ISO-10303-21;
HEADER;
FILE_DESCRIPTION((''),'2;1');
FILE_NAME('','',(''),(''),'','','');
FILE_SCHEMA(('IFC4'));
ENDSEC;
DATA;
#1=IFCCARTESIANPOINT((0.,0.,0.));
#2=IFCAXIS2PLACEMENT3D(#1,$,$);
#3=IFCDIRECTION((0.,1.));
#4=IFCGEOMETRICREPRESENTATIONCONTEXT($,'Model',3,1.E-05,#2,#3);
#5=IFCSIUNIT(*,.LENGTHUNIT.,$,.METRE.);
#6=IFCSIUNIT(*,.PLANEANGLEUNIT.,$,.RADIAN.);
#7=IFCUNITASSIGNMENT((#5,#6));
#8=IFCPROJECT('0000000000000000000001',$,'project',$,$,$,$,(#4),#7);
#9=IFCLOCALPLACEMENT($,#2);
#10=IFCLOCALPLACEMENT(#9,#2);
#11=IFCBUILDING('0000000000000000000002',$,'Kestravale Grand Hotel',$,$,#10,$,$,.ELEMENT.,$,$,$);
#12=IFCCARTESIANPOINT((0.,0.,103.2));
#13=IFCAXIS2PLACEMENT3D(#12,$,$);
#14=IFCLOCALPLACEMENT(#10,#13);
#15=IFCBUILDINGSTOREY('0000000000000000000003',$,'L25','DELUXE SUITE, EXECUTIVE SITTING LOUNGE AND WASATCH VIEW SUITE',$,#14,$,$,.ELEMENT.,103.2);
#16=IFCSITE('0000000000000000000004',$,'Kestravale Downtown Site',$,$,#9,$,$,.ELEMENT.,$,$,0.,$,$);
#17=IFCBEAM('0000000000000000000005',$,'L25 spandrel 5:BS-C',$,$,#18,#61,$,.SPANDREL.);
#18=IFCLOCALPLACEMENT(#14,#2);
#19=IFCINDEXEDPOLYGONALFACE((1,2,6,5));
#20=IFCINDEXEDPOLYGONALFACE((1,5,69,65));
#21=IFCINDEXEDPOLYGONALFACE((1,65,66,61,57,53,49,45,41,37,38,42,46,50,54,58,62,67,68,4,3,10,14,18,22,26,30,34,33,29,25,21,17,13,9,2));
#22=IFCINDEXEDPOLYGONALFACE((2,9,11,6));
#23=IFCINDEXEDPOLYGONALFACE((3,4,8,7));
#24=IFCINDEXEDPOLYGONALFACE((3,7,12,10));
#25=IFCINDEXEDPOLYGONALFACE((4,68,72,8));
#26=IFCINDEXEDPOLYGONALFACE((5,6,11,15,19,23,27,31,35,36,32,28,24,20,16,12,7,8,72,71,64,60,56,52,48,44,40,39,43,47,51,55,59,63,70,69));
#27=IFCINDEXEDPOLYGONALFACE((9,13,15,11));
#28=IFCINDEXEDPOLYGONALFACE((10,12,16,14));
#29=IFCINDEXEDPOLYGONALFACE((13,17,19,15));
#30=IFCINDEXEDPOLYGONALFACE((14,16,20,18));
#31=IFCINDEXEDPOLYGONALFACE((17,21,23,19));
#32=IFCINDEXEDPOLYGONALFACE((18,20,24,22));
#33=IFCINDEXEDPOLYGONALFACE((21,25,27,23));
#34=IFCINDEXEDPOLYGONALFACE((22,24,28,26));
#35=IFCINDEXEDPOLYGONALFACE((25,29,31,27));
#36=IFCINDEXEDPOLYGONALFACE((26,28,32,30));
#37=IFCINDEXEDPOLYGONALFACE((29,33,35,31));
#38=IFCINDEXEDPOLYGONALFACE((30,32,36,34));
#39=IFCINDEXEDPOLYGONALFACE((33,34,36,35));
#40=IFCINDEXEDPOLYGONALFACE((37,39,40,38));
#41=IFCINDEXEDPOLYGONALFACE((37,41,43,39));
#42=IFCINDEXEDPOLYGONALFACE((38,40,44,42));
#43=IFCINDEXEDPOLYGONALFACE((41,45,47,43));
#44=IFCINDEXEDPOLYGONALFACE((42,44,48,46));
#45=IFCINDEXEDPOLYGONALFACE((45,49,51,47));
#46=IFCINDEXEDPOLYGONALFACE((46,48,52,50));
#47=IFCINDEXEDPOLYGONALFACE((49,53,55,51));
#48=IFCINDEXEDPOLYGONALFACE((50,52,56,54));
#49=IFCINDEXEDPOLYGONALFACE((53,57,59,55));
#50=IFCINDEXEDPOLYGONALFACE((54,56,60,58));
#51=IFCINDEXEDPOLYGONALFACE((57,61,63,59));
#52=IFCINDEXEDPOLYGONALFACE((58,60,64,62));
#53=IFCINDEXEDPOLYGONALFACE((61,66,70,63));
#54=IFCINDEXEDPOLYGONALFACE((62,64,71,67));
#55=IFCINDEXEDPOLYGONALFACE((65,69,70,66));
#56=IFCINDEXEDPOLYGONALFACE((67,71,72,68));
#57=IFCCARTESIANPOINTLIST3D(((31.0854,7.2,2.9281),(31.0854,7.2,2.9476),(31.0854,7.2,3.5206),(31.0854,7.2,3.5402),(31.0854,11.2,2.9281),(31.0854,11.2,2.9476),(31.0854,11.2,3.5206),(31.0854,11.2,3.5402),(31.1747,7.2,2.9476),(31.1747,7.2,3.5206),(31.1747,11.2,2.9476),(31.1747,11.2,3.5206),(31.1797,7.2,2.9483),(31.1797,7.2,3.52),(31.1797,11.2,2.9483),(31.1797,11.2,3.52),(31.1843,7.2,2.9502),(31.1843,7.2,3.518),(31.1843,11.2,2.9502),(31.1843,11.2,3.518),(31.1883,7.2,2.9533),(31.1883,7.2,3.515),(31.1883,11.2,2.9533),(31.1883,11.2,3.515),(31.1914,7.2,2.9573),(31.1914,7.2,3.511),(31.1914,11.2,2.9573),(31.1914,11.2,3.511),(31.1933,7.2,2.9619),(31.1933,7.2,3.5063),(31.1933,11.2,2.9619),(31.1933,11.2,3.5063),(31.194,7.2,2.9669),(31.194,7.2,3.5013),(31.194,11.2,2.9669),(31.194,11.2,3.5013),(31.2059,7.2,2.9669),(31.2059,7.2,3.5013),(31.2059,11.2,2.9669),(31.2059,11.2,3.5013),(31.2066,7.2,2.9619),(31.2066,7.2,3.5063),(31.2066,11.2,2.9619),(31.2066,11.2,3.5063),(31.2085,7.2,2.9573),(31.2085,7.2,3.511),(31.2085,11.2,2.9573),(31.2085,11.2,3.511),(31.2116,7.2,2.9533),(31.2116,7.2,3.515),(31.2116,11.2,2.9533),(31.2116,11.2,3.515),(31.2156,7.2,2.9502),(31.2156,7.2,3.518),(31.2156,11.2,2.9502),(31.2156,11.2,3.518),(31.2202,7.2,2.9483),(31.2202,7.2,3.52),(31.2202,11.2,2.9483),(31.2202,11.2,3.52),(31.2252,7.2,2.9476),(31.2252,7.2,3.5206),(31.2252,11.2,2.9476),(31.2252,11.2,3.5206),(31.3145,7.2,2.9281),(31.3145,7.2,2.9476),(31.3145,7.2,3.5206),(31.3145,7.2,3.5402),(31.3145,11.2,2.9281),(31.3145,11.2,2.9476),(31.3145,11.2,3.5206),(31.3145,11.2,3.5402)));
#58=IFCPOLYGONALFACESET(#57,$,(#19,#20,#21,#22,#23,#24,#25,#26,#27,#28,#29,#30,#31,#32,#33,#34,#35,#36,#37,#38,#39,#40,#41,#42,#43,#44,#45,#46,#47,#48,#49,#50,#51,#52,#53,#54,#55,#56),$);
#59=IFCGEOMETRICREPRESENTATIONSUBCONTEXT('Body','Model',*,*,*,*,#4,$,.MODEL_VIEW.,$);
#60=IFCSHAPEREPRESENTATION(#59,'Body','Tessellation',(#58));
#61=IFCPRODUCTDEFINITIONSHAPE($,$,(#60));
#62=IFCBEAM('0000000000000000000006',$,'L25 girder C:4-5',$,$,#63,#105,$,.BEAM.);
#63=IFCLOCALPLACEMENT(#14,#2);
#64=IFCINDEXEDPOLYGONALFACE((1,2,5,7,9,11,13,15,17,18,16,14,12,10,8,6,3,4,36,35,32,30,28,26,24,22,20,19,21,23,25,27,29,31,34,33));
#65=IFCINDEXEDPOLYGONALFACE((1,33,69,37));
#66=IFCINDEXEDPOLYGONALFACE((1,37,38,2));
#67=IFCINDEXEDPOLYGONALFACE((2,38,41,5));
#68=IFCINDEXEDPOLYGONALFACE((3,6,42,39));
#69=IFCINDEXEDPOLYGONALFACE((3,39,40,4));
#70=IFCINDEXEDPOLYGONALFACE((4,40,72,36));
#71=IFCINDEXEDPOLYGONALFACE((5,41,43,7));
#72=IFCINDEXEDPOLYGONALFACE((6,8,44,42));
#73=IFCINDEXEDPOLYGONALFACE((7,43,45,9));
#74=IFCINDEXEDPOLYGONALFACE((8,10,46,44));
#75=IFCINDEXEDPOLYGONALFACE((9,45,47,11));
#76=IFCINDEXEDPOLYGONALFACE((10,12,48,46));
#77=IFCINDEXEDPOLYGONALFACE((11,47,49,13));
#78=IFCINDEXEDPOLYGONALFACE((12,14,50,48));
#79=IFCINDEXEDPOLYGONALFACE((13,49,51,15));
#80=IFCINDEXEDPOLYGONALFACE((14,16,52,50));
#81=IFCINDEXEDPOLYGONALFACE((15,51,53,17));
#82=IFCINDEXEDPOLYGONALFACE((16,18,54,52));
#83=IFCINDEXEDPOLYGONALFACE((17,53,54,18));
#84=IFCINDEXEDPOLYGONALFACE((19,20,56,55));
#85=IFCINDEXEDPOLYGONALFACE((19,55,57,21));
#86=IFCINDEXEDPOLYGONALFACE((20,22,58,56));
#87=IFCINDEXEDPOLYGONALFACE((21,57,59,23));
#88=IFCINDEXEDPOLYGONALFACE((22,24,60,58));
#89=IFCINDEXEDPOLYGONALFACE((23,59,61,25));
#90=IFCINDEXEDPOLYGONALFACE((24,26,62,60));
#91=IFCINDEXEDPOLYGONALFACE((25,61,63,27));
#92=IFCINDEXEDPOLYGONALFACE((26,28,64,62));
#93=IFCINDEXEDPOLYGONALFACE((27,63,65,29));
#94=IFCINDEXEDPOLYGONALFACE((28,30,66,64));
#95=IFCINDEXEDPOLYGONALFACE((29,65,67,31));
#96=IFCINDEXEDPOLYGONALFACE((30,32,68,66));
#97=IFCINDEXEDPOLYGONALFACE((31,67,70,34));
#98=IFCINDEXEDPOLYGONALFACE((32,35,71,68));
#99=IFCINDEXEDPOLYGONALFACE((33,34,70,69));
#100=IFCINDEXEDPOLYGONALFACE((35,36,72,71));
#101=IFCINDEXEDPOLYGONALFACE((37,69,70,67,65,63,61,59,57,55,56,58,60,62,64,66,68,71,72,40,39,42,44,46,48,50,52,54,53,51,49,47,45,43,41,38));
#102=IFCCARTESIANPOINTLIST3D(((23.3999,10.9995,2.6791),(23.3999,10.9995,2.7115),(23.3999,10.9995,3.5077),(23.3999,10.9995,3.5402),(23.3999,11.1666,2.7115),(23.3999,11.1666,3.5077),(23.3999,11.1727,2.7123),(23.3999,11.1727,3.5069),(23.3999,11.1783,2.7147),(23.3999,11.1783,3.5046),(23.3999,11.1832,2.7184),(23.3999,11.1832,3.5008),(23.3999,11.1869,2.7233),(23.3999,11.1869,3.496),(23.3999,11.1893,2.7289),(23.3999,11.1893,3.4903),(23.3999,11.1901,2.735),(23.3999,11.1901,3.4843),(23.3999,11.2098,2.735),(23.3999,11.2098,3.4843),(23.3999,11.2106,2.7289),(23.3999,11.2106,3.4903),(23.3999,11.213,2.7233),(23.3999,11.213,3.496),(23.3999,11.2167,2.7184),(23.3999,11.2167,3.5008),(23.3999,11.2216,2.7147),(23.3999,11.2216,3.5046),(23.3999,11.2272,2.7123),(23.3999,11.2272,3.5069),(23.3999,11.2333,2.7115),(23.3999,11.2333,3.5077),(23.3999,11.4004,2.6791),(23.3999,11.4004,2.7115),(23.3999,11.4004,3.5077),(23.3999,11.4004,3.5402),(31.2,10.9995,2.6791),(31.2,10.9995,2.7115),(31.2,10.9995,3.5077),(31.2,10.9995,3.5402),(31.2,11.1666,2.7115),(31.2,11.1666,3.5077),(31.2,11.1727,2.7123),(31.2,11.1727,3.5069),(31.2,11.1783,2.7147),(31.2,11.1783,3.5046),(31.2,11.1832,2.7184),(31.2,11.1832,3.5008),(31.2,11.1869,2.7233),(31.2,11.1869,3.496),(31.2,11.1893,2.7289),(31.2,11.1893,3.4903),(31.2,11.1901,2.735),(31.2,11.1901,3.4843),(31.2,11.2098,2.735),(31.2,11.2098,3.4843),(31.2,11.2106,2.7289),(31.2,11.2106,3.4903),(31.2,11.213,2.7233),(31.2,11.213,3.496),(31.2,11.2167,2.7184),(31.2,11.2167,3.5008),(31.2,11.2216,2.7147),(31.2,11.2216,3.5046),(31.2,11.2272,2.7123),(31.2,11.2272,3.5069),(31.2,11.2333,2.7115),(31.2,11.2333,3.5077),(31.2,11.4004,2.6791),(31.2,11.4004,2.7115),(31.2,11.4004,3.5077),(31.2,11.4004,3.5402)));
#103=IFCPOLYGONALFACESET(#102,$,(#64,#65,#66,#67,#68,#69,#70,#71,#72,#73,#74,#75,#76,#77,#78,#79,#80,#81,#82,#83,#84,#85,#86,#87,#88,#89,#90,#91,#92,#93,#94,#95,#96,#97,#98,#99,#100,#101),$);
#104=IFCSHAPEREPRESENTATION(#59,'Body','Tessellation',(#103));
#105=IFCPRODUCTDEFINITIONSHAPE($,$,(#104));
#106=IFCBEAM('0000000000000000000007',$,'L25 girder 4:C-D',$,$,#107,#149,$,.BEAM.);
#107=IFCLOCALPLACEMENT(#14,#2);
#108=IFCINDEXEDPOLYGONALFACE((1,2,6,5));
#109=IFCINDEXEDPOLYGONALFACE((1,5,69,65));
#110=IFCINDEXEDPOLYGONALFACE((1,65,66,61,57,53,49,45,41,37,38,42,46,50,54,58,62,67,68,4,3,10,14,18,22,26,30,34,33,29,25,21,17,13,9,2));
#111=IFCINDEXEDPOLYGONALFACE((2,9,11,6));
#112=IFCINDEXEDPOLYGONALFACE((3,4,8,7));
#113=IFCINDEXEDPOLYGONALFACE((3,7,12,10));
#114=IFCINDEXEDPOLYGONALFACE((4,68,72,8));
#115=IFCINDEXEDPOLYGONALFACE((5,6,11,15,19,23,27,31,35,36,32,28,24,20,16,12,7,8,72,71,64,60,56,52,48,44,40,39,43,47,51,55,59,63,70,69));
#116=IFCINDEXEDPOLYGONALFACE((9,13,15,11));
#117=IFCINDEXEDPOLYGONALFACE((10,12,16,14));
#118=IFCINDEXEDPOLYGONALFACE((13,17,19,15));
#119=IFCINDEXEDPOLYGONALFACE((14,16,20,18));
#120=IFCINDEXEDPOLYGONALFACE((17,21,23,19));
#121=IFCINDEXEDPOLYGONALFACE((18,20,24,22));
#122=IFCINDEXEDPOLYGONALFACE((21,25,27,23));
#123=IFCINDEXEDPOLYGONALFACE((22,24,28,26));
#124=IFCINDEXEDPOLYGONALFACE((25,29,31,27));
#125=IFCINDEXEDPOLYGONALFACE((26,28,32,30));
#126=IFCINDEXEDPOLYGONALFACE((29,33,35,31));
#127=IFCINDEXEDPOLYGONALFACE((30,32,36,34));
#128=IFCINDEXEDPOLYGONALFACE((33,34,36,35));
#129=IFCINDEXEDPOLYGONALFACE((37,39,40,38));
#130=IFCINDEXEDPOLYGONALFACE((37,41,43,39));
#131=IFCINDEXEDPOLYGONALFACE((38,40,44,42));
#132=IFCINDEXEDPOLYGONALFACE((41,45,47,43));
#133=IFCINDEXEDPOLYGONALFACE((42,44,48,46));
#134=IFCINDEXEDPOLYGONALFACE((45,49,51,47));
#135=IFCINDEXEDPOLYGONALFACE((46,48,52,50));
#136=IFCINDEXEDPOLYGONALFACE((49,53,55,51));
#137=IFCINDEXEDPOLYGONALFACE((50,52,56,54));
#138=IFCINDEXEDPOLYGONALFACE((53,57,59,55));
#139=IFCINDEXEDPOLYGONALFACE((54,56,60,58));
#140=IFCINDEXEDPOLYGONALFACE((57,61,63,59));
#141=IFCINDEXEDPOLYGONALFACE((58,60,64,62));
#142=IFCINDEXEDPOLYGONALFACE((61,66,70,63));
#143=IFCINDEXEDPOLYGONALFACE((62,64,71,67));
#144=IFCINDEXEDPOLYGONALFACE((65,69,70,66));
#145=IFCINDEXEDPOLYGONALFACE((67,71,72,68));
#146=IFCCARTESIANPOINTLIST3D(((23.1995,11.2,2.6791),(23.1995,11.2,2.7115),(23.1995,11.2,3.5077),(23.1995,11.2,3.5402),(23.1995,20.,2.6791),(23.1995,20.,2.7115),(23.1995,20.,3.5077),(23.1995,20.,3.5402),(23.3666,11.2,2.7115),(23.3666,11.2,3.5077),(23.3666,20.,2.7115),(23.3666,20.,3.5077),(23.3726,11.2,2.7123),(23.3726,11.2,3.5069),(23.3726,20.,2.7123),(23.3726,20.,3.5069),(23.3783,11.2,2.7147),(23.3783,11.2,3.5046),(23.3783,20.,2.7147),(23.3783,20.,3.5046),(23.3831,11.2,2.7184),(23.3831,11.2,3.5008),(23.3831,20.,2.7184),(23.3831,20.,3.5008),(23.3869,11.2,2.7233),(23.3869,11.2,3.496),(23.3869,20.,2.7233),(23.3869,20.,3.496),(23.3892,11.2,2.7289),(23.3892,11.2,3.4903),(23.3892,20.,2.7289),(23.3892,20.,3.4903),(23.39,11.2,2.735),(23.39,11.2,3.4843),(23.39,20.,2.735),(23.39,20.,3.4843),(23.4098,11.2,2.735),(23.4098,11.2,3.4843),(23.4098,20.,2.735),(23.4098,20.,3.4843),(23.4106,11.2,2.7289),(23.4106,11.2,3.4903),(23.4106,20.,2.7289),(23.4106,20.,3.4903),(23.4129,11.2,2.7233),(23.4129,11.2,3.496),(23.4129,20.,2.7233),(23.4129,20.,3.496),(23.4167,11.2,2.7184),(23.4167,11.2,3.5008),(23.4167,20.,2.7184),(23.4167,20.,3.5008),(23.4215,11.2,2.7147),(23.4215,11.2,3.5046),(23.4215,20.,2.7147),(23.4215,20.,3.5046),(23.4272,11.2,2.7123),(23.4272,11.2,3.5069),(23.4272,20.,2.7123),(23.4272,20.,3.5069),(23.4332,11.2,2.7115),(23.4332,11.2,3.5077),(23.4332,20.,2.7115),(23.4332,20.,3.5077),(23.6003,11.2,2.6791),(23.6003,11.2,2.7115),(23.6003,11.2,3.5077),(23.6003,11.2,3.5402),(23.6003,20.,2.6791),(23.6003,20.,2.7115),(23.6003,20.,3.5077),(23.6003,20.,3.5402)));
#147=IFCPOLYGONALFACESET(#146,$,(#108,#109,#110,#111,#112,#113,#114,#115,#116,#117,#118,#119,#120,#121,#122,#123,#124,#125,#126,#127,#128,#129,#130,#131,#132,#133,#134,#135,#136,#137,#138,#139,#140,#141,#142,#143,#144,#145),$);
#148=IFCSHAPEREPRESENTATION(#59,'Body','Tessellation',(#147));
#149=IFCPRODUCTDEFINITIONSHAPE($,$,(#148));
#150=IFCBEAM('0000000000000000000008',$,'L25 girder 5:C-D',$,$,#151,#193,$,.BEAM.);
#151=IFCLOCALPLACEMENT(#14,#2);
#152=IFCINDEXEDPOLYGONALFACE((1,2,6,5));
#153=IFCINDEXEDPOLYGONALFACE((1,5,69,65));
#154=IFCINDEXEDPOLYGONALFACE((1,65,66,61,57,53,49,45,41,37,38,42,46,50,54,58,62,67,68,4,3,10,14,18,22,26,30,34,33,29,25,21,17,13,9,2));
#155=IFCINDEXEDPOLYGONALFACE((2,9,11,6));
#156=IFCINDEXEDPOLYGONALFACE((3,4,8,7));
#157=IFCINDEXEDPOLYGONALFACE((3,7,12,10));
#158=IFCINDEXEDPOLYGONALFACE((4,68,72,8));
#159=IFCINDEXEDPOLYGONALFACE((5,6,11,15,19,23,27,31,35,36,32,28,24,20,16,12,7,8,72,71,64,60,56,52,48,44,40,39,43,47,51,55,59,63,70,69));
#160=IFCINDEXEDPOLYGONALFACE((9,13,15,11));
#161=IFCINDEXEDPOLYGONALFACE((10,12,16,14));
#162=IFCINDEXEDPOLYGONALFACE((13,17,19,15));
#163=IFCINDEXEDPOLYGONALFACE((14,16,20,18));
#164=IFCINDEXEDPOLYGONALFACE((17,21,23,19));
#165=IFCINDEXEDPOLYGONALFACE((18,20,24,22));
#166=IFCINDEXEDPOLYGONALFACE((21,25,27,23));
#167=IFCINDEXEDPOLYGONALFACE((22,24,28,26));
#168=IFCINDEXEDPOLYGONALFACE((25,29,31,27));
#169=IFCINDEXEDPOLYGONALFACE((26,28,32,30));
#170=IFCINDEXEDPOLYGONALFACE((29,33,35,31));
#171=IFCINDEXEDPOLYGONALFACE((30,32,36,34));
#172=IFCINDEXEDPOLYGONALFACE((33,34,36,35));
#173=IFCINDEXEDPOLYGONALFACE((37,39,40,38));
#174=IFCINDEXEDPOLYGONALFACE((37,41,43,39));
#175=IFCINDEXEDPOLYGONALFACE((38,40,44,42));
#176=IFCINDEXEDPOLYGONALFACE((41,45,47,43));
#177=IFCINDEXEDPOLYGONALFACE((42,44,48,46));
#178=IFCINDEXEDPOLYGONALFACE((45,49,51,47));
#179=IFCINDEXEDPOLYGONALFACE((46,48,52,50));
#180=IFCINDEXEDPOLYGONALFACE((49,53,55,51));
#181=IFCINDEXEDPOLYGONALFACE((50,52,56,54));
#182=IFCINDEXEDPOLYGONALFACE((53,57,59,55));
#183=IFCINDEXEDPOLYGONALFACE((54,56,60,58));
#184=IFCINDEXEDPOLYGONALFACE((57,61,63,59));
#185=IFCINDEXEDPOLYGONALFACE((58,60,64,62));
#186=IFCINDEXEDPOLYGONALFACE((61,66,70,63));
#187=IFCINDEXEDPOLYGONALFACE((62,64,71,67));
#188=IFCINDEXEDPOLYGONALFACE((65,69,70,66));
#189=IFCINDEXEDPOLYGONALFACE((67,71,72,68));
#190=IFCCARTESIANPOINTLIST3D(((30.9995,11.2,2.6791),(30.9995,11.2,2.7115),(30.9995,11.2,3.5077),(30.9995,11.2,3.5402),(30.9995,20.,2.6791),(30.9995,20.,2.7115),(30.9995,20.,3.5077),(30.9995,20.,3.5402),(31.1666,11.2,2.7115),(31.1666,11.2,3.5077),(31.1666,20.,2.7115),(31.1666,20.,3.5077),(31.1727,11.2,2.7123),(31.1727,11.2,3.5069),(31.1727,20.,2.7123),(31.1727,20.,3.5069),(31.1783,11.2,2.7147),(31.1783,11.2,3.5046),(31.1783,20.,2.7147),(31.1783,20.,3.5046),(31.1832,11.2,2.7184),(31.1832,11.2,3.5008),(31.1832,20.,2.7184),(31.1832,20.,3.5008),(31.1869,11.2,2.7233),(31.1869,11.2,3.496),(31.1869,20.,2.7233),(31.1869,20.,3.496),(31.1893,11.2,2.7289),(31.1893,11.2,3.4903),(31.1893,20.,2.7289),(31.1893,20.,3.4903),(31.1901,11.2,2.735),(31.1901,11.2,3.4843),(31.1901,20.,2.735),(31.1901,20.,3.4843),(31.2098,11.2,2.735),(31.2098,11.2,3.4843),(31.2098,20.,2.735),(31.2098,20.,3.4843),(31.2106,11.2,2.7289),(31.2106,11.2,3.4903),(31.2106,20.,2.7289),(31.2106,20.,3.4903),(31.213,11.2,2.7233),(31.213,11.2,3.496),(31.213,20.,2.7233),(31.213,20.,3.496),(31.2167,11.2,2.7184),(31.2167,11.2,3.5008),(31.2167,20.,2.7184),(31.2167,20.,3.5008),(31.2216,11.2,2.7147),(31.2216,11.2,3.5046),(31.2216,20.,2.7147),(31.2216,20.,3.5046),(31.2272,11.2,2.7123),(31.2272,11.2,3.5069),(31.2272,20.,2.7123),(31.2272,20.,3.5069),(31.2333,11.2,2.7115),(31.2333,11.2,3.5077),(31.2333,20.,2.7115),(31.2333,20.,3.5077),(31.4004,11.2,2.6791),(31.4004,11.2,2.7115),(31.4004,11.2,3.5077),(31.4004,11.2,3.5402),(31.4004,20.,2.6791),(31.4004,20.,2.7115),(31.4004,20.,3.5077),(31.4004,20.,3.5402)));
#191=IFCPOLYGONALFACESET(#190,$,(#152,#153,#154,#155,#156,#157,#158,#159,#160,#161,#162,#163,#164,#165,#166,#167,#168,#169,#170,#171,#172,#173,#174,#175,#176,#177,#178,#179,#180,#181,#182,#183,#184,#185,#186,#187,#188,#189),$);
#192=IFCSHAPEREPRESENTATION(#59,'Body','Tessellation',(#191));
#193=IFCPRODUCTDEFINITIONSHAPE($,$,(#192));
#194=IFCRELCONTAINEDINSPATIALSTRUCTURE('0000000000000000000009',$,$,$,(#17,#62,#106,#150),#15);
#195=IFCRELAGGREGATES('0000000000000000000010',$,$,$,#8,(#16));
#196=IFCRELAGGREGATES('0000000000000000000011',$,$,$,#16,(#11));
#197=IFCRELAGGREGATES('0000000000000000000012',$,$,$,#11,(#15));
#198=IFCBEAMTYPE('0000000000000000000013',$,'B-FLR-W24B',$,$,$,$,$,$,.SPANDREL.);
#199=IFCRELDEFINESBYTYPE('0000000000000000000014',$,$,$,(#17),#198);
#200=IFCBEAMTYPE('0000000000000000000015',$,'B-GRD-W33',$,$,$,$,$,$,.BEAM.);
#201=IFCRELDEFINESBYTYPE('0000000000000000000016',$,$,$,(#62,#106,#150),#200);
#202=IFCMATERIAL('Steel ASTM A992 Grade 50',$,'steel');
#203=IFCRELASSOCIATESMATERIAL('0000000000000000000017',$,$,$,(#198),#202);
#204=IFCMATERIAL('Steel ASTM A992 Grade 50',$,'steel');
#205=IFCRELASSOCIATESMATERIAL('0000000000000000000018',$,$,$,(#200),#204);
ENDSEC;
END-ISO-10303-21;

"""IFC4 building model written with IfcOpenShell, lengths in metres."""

from ifc_helpers import new_model, si_unit, direction, frame, origin, origin_2d, place, context, subcontext, project, spatial, i_section, extrude, material, material_profile, profile_set, type_object, element, save


model = new_model("IFC4")

# Units and contexts
model_context = context("Model", 3, precision=1e-05, world=origin(), true_north=direction((0.0, 1.0)))
body_context = subcontext(model_context, "Body", "Model", "MODEL_VIEW")
ifc_project = project(units=[si_unit("LENGTHUNIT", "METRE"), si_unit("PLANEANGLEUNIT", "RADIAN")], contexts=[model_context])

# Site, building, storey
site_placement = place(None, origin())
site = spatial("IfcSite", under=ifc_project, at=site_placement, Name="Kestravale Downtown Site", CompositionType="ELEMENT", RefElevation=0.0)
building_placement = place(site_placement, origin())
building = spatial("IfcBuilding", under=site, at=building_placement, Name="Kestravale Grand Hotel", CompositionType="ELEMENT")
storey_placement = place(building_placement, frame((0.0, 0.0, 103.2)))
storey = spatial("IfcBuildingStorey", under=building, at=storey_placement, Name="L25", Description="DELUXE SUITE, EXECUTIVE SITTING LOUNGE AND WASATCH VIEW SUITE", CompositionType="ELEMENT", Elevation=103.2)

# Beams
ifc_material_1 = material(Name="Steel ASTM A992 Grade 50", Category="steel")
ifc_material_profile_1 = material_profile(ifc_material_1, i_section(OverallWidth=0.229, OverallDepth=0.6121, WebThickness=0.012, FlangeThickness=0.0195, FilletRadius=0.0193, at=origin_2d()))
ifc_profile_set_1 = profile_set([ifc_material_profile_1], Name="Steel ASTM A992 Grade 50")
beam_type_1 = type_object("IfcBeamType", Name="B-FLR-W24B", PredefinedType="SPANDREL", material=ifc_profile_set_1)
beam_1_placement = place(storey_placement, frame((31.2, 7.2, 3.2341), z_axis=(0.0, 1.0, 0.0), x_axis=(-1.0, 0.0, 0.0)))
element("IfcBeam", 1, at=beam_1_placement, inside=storey, type_object=beam_type_1, Name="L25 spandrel 5:BS-C", PredefinedType="SPANDREL", context=body_context, shape_type="SweptSolid", body=[
    extrude(i_section(OverallWidth=0.229, OverallDepth=0.6121, WebThickness=0.012, FlangeThickness=0.0195, FilletRadius=0.0193, at=origin_2d()), origin(), (0.0, 0.0, 1.0), 4.0),
])
ifc_material_2 = material(Name="Steel ASTM A992 Grade 50", Category="steel")
ifc_material_profile_2 = material_profile(ifc_material_2, i_section(OverallWidth=0.4009, OverallDepth=0.8611, WebThickness=0.0198, FlangeThickness=0.0325, FilletRadius=0.0234, at=origin_2d()))
ifc_profile_set_2 = profile_set([ifc_material_profile_2], Name="Steel ASTM A992 Grade 50")
beam_type_2 = type_object("IfcBeamType", Name="B-GRD-W33", PredefinedType="BEAM", material=ifc_profile_set_2)
beam_2_placement = place(storey_placement, frame((23.3999, 11.2, 3.1096), z_axis=(1.0, 0.0, 0.0), x_axis=(0.0, 1.0, 0.0)))
element("IfcBeam", 2, at=beam_2_placement, inside=storey, type_object=beam_type_2, Name="L25 girder C:4-5", PredefinedType="BEAM", context=body_context, shape_type="SweptSolid", body=[
    extrude(i_section(OverallWidth=0.4009, OverallDepth=0.8611, WebThickness=0.0198, FlangeThickness=0.0325, FilletRadius=0.0234, at=origin_2d()), origin(), (0.0, 0.0, 1.0), 7.8),
])
for number, where, z_axis, x_axis, name in (
    (3, (23.3999, 11.2, 3.1096), (0.0, 1.0, 0.0), (-1.0, 0.0, 0.0), "L25 girder 4:C-D"),
    (4, (31.2, 11.2, 3.1096), (0.0, 1.0, 0.0), (-1.0, 0.0, 0.0), "L25 girder 5:C-D"),
):
    element("IfcBeam", number, at=place(storey_placement, frame(where, z_axis=z_axis, x_axis=x_axis)), inside=storey, type_object=beam_type_2, Name=name, PredefinedType="BEAM", context=body_context, shape_type="SweptSolid", body=[
        extrude(i_section(OverallWidth=0.4009, OverallDepth=0.8611, WebThickness=0.0198, FlangeThickness=0.0325, FilletRadius=0.0234, at=origin_2d()), origin(), (0.0, 0.0, 1.0), 8.8),
    ])

save(model, "model.ifc")
